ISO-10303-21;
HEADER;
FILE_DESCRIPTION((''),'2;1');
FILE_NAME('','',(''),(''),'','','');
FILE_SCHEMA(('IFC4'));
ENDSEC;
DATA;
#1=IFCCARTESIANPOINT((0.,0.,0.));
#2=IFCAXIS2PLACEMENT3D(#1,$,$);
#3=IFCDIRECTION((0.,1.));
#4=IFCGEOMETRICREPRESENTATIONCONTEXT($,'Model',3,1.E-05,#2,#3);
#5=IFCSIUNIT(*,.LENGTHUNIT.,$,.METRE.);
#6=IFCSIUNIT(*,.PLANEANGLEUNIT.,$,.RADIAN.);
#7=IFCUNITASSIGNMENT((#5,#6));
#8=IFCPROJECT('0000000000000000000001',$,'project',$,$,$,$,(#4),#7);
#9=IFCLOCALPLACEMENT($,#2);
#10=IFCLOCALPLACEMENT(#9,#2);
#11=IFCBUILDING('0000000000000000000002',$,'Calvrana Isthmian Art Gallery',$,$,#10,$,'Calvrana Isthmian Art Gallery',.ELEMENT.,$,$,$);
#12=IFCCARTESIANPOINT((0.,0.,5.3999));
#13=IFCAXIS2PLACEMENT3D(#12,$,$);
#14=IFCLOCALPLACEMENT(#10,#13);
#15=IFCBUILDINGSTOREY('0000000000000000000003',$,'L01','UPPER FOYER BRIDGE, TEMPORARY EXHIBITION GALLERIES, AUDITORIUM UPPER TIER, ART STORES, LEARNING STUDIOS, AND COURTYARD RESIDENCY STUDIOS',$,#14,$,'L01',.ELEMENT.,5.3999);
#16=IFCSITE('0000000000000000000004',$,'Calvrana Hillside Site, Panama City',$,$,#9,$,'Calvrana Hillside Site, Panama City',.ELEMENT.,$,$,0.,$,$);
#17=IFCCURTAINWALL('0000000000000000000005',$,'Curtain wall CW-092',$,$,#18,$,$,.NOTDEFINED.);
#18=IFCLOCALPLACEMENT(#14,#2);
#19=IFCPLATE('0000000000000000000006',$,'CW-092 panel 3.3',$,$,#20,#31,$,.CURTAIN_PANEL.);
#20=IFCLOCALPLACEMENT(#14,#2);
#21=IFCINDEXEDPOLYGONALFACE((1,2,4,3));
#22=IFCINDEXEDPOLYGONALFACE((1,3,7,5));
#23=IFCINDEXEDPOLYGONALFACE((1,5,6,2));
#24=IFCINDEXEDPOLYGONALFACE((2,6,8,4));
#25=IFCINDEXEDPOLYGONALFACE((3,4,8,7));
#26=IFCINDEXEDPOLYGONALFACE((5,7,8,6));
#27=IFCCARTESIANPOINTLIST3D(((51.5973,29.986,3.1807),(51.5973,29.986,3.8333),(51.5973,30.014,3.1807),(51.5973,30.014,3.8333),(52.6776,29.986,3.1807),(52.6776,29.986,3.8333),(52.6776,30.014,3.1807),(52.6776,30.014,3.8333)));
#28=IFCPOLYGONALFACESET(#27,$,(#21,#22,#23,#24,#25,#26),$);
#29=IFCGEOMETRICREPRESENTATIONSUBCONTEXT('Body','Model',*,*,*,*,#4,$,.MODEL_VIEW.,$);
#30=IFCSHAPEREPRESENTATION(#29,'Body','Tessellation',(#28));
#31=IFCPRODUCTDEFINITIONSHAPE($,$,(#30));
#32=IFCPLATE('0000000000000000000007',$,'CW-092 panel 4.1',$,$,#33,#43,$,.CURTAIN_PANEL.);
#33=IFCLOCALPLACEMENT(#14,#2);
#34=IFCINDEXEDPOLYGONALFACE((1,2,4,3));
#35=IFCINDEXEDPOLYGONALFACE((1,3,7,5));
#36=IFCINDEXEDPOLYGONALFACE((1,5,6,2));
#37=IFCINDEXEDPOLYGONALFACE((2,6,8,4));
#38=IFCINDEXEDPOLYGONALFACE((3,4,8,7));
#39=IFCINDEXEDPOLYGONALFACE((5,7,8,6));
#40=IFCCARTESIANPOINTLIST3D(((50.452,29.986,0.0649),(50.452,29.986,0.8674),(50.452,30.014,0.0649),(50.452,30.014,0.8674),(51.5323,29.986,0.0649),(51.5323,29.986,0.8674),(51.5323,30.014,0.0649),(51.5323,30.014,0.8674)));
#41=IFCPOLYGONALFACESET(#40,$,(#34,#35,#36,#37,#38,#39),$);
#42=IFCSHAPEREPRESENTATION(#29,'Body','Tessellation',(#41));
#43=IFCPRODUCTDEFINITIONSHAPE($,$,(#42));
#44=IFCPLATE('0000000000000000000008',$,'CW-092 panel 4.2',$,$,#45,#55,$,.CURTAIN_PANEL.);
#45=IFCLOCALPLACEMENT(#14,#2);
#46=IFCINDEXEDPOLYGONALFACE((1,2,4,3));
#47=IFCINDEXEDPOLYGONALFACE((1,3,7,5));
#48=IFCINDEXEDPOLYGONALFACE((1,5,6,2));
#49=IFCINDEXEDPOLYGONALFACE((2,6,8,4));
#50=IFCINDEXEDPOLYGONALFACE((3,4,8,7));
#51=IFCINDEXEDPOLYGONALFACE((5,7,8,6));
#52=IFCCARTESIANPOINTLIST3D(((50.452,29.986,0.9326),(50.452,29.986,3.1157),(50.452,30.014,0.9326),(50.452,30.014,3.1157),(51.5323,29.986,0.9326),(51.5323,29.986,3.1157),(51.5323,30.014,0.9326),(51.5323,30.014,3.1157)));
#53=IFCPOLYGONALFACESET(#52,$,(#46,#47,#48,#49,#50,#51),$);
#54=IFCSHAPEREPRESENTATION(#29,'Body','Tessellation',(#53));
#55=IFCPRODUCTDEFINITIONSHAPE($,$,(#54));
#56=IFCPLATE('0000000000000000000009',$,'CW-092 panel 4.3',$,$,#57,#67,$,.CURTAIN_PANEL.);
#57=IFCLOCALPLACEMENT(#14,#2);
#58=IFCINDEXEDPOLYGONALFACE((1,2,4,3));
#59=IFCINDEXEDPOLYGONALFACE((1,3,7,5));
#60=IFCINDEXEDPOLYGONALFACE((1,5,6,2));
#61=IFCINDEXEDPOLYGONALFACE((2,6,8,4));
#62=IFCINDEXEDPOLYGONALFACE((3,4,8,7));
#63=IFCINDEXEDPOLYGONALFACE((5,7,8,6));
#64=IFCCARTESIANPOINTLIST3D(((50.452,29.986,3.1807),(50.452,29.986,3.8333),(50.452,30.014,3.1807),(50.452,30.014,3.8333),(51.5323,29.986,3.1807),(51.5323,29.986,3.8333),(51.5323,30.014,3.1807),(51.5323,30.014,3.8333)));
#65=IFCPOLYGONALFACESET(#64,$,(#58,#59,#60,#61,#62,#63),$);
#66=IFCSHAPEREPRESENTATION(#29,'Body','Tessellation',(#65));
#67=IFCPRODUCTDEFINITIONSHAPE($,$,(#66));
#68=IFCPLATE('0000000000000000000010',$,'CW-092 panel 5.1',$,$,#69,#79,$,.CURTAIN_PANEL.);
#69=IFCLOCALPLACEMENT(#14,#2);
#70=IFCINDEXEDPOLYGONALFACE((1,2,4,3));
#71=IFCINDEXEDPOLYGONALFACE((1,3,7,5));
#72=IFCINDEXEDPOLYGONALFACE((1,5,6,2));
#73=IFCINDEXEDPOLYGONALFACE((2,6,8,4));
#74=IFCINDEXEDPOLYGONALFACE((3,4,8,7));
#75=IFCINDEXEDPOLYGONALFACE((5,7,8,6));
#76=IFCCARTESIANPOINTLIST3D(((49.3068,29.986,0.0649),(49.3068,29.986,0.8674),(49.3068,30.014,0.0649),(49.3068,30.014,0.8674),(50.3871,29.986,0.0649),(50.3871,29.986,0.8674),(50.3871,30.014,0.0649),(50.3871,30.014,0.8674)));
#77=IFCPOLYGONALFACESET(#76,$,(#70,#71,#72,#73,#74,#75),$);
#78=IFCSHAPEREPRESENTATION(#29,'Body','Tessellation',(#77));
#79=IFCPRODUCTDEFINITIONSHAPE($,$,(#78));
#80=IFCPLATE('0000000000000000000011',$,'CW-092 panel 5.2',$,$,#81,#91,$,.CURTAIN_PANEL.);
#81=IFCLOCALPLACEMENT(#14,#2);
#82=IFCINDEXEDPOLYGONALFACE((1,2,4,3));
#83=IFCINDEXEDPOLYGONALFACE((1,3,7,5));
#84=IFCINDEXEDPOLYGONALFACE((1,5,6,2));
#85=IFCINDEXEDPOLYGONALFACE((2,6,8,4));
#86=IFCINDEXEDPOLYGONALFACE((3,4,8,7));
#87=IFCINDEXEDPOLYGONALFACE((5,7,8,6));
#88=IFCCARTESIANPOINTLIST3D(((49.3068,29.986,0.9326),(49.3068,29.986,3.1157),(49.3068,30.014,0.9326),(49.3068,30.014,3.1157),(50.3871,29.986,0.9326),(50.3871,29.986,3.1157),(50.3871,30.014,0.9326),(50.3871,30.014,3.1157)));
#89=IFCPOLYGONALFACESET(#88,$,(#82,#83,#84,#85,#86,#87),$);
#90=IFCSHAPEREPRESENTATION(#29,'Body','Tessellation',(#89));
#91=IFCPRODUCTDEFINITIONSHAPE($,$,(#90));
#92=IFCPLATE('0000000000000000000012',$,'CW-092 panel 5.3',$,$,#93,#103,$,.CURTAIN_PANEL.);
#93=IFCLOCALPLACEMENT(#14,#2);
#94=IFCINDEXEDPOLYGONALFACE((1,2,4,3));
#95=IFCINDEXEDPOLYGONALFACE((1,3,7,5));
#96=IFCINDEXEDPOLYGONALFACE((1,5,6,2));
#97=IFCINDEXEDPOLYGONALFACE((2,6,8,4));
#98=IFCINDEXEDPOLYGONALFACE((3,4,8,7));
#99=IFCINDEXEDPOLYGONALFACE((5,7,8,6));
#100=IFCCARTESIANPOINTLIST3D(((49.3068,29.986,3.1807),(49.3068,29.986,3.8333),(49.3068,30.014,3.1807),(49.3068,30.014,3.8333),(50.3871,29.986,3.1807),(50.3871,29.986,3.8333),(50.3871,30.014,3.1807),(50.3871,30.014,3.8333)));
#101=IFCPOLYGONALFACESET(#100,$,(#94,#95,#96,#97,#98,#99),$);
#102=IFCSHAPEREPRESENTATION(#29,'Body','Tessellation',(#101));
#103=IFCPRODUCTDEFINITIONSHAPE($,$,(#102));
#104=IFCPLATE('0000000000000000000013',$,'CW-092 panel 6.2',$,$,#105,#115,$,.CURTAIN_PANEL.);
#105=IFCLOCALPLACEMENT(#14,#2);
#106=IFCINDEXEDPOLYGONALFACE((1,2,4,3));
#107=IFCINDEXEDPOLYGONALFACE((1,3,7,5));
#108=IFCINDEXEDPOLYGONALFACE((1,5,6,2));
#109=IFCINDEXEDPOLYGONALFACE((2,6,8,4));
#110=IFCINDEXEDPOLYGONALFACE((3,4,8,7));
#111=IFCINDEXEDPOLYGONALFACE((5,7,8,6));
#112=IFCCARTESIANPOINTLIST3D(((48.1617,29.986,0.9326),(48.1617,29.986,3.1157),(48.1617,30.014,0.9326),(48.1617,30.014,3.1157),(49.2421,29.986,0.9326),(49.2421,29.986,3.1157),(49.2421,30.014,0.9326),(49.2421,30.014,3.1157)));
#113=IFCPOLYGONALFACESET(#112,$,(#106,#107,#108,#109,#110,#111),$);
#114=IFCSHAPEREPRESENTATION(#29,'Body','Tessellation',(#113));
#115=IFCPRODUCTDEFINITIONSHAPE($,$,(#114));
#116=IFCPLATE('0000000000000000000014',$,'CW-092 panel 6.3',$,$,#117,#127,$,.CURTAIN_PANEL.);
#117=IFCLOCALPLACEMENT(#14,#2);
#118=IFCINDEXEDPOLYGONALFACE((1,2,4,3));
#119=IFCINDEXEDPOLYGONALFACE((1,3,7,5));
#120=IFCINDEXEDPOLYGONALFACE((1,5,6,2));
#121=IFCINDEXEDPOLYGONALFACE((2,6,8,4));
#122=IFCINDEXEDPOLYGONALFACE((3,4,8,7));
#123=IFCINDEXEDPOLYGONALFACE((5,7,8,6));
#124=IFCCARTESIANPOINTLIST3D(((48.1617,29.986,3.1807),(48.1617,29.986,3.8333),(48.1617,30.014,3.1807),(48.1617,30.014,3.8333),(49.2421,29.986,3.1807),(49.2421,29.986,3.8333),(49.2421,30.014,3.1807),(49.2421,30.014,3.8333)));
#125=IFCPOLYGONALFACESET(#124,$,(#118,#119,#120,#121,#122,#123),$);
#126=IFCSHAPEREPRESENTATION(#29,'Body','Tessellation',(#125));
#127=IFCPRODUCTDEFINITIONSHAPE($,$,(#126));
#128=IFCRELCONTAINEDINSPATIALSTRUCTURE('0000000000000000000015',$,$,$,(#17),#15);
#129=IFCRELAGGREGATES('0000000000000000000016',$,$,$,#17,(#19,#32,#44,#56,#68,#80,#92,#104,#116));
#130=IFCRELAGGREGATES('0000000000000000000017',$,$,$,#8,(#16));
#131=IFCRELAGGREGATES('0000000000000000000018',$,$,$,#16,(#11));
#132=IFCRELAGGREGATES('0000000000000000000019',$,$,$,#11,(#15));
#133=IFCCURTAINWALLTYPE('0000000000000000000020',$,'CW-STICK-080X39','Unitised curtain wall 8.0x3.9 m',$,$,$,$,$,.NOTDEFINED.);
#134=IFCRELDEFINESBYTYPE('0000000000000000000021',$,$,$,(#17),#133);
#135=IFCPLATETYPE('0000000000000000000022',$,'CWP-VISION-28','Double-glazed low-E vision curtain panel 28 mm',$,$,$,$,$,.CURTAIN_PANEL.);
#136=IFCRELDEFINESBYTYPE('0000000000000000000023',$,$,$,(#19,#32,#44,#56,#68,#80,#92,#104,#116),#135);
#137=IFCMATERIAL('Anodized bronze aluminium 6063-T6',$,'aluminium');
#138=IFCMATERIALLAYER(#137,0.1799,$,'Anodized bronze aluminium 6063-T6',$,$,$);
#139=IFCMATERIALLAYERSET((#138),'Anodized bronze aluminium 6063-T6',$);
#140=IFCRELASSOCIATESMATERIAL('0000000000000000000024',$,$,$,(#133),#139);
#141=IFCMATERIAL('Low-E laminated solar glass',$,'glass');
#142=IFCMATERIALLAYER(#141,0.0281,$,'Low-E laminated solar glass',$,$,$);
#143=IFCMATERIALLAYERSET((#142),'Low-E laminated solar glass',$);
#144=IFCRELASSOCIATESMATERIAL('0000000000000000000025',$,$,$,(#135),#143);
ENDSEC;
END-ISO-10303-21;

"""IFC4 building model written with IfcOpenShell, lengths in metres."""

from ifc_helpers import new_model, si_unit, direction, frame, origin, origin_2d, place, context, subcontext, project, spatial, rectangle, extrude, material, layer, layer_set, type_object, element, aggregate, save


model = new_model("IFC4")

# Units and contexts
model_context = context("Model", 3, precision=1e-05, world=origin(), true_north=direction((0.0, 1.0)))
body_context = subcontext(model_context, "Body", "Model", "MODEL_VIEW")
ifc_project = project(units=[si_unit("LENGTHUNIT", "METRE"), si_unit("PLANEANGLEUNIT", "RADIAN")], contexts=[model_context])

# Site, building, storey
site_placement = place(None, origin())
site = spatial("IfcSite", under=ifc_project, at=site_placement, Name="Calvrana Hillside Site, Panama City", LongName="Calvrana Hillside Site, Panama City", CompositionType="ELEMENT", RefElevation=0.0)
building_placement = place(site_placement, origin())
building = spatial("IfcBuilding", under=site, at=building_placement, Name="Calvrana Isthmian Art Gallery", LongName="Calvrana Isthmian Art Gallery", CompositionType="ELEMENT")
storey_placement = place(building_placement, frame((0.0, 0.0, 5.3999)))
storey = spatial("IfcBuildingStorey", under=building, at=storey_placement, Name="L01", Description="UPPER FOYER BRIDGE, TEMPORARY EXHIBITION GALLERIES, AUDITORIUM UPPER TIER, ART STORES, LEARNING STUDIOS, AND COURTYARD RESIDENCY STUDIOS", LongName="L01", CompositionType="ELEMENT", Elevation=5.3999)

# Curtain wall, plates
ifc_material_1 = material(Name="Anodized bronze aluminium 6063-T6", Category="aluminium")
ifc_layer_1 = layer(ifc_material_1, 0.1799, Name="Anodized bronze aluminium 6063-T6")
ifc_layer_set_1 = layer_set([ifc_layer_1], Name="Anodized bronze aluminium 6063-T6")
curtain_wall_type = type_object("IfcCurtainWallType", Name="CW-STICK-080X39", Description="Unitised curtain wall 8.0x3.9 m", PredefinedType="NOTDEFINED", material=ifc_layer_set_1)
curtain_wall_placement = place(storey_placement, origin())
curtain_wall = element("IfcCurtainWall", 1, at=curtain_wall_placement, inside=storey, type_object=curtain_wall_type, Name="Curtain wall CW-092", PredefinedType="NOTDEFINED")
ifc_material_2 = material(Name="Low-E laminated solar glass", Category="glass")
ifc_layer_2 = layer(ifc_material_2, 0.0281, Name="Low-E laminated solar glass")
ifc_layer_set_2 = layer_set([ifc_layer_2], Name="Low-E laminated solar glass")
plate_type = type_object("IfcPlateType", Name="CWP-VISION-28", Description="Double-glazed low-E vision curtain panel 28 mm", PredefinedType="CURTAIN_PANEL", material=ifc_layer_set_2)
plate_1_placement = place(storey_placement, frame((52.1375, 30.0, 3.1807), z_axis=(0.0, 0.0, 1.0), x_axis=(-1.0, 0.0, 0.0)))
plate_1 = element("IfcPlate", 2, at=plate_1_placement, type_object=plate_type, Name="CW-092 panel 3.3", PredefinedType="CURTAIN_PANEL", context=body_context, shape_type="SweptSolid", body=[
    extrude(rectangle(XDim=1.0803, YDim=0.0281, at=origin_2d()), origin(), (0.0, 0.0, 1.0), 0.6526),
])
plate_2_placement = place(storey_placement, frame((50.9922, 30.0, 0.0649), z_axis=(0.0, 0.0, 1.0), x_axis=(-1.0, 0.0, 0.0)))
plate_2 = element("IfcPlate", 3, at=plate_2_placement, type_object=plate_type, Name="CW-092 panel 4.1", PredefinedType="CURTAIN_PANEL", context=body_context, shape_type="SweptSolid", body=[
    extrude(rectangle(XDim=1.0803, YDim=0.0281, at=origin_2d()), origin(), (0.0, 0.0, 1.0), 0.8025),
])
plate_3_placement = place(storey_placement, frame((50.9922, 30.0, 0.9326), z_axis=(0.0, 0.0, 1.0), x_axis=(-1.0, 0.0, 0.0)))
plate_3 = element("IfcPlate", 4, at=plate_3_placement, type_object=plate_type, Name="CW-092 panel 4.2", PredefinedType="CURTAIN_PANEL", context=body_context, shape_type="SweptSolid", body=[
    extrude(rectangle(XDim=1.0803, YDim=0.0281, at=origin_2d()), origin(), (0.0, 0.0, 1.0), 2.1831),
])
plate_4_placement = place(storey_placement, frame((50.9922, 30.0, 3.1807), z_axis=(0.0, 0.0, 1.0), x_axis=(-1.0, 0.0, 0.0)))
plate_4 = element("IfcPlate", 5, at=plate_4_placement, type_object=plate_type, Name="CW-092 panel 4.3", PredefinedType="CURTAIN_PANEL", context=body_context, shape_type="SweptSolid", body=[
    extrude(rectangle(XDim=1.0803, YDim=0.0281, at=origin_2d()), origin(), (0.0, 0.0, 1.0), 0.6526),
])
plate_5_placement = place(storey_placement, frame((49.8469, 30.0, 0.0649), z_axis=(0.0, 0.0, 1.0), x_axis=(-1.0, 0.0, 0.0)))
plate_5 = element("IfcPlate", 6, at=plate_5_placement, type_object=plate_type, Name="CW-092 panel 5.1", PredefinedType="CURTAIN_PANEL", context=body_context, shape_type="SweptSolid", body=[
    extrude(rectangle(XDim=1.0803, YDim=0.0281, at=origin_2d()), origin(), (0.0, 0.0, 1.0), 0.8025),
])
plate_6_placement = place(storey_placement, frame((49.8469, 30.0, 0.9326), z_axis=(0.0, 0.0, 1.0), x_axis=(-1.0, 0.0, 0.0)))
plate_6 = element("IfcPlate", 7, at=plate_6_placement, type_object=plate_type, Name="CW-092 panel 5.2", PredefinedType="CURTAIN_PANEL", context=body_context, shape_type="SweptSolid", body=[
    extrude(rectangle(XDim=1.0803, YDim=0.0281, at=origin_2d()), origin(), (0.0, 0.0, 1.0), 2.1831),
])
plate_7_placement = place(storey_placement, frame((49.8469, 30.0, 3.1807), z_axis=(0.0, 0.0, 1.0), x_axis=(-1.0, 0.0, 0.0)))
plate_7 = element("IfcPlate", 8, at=plate_7_placement, type_object=plate_type, Name="CW-092 panel 5.3", PredefinedType="CURTAIN_PANEL", context=body_context, shape_type="SweptSolid", body=[
    extrude(rectangle(XDim=1.0803, YDim=0.0281, at=origin_2d()), origin(), (0.0, 0.0, 1.0), 0.6526),
])
plate_8_placement = place(storey_placement, frame((48.7019, 30.0, 0.9326), z_axis=(0.0, 0.0, 1.0), x_axis=(-1.0, 0.0, 0.0)))
plate_8 = element("IfcPlate", 9, at=plate_8_placement, type_object=plate_type, Name="CW-092 panel 6.2", PredefinedType="CURTAIN_PANEL", context=body_context, shape_type="SweptSolid", body=[
    extrude(rectangle(XDim=1.0803, YDim=0.0281, at=origin_2d()), origin(), (0.0, 0.0, 1.0), 2.1831),
])
plate_9_placement = place(storey_placement, frame((48.7019, 30.0, 3.1807), z_axis=(0.0, 0.0, 1.0), x_axis=(-1.0, 0.0, 0.0)))
plate_9 = element("IfcPlate", 10, at=plate_9_placement, type_object=plate_type, Name="CW-092 panel 6.3", PredefinedType="CURTAIN_PANEL", context=body_context, shape_type="SweptSolid", body=[
    extrude(rectangle(XDim=1.0803, YDim=0.0281, at=origin_2d()), origin(), (0.0, 0.0, 1.0), 0.6526),
])
aggregate(curtain_wall, [plate_1, plate_2, plate_3, plate_4, plate_5, plate_6, plate_7, plate_8, plate_9])

save(model, "model.ifc")
